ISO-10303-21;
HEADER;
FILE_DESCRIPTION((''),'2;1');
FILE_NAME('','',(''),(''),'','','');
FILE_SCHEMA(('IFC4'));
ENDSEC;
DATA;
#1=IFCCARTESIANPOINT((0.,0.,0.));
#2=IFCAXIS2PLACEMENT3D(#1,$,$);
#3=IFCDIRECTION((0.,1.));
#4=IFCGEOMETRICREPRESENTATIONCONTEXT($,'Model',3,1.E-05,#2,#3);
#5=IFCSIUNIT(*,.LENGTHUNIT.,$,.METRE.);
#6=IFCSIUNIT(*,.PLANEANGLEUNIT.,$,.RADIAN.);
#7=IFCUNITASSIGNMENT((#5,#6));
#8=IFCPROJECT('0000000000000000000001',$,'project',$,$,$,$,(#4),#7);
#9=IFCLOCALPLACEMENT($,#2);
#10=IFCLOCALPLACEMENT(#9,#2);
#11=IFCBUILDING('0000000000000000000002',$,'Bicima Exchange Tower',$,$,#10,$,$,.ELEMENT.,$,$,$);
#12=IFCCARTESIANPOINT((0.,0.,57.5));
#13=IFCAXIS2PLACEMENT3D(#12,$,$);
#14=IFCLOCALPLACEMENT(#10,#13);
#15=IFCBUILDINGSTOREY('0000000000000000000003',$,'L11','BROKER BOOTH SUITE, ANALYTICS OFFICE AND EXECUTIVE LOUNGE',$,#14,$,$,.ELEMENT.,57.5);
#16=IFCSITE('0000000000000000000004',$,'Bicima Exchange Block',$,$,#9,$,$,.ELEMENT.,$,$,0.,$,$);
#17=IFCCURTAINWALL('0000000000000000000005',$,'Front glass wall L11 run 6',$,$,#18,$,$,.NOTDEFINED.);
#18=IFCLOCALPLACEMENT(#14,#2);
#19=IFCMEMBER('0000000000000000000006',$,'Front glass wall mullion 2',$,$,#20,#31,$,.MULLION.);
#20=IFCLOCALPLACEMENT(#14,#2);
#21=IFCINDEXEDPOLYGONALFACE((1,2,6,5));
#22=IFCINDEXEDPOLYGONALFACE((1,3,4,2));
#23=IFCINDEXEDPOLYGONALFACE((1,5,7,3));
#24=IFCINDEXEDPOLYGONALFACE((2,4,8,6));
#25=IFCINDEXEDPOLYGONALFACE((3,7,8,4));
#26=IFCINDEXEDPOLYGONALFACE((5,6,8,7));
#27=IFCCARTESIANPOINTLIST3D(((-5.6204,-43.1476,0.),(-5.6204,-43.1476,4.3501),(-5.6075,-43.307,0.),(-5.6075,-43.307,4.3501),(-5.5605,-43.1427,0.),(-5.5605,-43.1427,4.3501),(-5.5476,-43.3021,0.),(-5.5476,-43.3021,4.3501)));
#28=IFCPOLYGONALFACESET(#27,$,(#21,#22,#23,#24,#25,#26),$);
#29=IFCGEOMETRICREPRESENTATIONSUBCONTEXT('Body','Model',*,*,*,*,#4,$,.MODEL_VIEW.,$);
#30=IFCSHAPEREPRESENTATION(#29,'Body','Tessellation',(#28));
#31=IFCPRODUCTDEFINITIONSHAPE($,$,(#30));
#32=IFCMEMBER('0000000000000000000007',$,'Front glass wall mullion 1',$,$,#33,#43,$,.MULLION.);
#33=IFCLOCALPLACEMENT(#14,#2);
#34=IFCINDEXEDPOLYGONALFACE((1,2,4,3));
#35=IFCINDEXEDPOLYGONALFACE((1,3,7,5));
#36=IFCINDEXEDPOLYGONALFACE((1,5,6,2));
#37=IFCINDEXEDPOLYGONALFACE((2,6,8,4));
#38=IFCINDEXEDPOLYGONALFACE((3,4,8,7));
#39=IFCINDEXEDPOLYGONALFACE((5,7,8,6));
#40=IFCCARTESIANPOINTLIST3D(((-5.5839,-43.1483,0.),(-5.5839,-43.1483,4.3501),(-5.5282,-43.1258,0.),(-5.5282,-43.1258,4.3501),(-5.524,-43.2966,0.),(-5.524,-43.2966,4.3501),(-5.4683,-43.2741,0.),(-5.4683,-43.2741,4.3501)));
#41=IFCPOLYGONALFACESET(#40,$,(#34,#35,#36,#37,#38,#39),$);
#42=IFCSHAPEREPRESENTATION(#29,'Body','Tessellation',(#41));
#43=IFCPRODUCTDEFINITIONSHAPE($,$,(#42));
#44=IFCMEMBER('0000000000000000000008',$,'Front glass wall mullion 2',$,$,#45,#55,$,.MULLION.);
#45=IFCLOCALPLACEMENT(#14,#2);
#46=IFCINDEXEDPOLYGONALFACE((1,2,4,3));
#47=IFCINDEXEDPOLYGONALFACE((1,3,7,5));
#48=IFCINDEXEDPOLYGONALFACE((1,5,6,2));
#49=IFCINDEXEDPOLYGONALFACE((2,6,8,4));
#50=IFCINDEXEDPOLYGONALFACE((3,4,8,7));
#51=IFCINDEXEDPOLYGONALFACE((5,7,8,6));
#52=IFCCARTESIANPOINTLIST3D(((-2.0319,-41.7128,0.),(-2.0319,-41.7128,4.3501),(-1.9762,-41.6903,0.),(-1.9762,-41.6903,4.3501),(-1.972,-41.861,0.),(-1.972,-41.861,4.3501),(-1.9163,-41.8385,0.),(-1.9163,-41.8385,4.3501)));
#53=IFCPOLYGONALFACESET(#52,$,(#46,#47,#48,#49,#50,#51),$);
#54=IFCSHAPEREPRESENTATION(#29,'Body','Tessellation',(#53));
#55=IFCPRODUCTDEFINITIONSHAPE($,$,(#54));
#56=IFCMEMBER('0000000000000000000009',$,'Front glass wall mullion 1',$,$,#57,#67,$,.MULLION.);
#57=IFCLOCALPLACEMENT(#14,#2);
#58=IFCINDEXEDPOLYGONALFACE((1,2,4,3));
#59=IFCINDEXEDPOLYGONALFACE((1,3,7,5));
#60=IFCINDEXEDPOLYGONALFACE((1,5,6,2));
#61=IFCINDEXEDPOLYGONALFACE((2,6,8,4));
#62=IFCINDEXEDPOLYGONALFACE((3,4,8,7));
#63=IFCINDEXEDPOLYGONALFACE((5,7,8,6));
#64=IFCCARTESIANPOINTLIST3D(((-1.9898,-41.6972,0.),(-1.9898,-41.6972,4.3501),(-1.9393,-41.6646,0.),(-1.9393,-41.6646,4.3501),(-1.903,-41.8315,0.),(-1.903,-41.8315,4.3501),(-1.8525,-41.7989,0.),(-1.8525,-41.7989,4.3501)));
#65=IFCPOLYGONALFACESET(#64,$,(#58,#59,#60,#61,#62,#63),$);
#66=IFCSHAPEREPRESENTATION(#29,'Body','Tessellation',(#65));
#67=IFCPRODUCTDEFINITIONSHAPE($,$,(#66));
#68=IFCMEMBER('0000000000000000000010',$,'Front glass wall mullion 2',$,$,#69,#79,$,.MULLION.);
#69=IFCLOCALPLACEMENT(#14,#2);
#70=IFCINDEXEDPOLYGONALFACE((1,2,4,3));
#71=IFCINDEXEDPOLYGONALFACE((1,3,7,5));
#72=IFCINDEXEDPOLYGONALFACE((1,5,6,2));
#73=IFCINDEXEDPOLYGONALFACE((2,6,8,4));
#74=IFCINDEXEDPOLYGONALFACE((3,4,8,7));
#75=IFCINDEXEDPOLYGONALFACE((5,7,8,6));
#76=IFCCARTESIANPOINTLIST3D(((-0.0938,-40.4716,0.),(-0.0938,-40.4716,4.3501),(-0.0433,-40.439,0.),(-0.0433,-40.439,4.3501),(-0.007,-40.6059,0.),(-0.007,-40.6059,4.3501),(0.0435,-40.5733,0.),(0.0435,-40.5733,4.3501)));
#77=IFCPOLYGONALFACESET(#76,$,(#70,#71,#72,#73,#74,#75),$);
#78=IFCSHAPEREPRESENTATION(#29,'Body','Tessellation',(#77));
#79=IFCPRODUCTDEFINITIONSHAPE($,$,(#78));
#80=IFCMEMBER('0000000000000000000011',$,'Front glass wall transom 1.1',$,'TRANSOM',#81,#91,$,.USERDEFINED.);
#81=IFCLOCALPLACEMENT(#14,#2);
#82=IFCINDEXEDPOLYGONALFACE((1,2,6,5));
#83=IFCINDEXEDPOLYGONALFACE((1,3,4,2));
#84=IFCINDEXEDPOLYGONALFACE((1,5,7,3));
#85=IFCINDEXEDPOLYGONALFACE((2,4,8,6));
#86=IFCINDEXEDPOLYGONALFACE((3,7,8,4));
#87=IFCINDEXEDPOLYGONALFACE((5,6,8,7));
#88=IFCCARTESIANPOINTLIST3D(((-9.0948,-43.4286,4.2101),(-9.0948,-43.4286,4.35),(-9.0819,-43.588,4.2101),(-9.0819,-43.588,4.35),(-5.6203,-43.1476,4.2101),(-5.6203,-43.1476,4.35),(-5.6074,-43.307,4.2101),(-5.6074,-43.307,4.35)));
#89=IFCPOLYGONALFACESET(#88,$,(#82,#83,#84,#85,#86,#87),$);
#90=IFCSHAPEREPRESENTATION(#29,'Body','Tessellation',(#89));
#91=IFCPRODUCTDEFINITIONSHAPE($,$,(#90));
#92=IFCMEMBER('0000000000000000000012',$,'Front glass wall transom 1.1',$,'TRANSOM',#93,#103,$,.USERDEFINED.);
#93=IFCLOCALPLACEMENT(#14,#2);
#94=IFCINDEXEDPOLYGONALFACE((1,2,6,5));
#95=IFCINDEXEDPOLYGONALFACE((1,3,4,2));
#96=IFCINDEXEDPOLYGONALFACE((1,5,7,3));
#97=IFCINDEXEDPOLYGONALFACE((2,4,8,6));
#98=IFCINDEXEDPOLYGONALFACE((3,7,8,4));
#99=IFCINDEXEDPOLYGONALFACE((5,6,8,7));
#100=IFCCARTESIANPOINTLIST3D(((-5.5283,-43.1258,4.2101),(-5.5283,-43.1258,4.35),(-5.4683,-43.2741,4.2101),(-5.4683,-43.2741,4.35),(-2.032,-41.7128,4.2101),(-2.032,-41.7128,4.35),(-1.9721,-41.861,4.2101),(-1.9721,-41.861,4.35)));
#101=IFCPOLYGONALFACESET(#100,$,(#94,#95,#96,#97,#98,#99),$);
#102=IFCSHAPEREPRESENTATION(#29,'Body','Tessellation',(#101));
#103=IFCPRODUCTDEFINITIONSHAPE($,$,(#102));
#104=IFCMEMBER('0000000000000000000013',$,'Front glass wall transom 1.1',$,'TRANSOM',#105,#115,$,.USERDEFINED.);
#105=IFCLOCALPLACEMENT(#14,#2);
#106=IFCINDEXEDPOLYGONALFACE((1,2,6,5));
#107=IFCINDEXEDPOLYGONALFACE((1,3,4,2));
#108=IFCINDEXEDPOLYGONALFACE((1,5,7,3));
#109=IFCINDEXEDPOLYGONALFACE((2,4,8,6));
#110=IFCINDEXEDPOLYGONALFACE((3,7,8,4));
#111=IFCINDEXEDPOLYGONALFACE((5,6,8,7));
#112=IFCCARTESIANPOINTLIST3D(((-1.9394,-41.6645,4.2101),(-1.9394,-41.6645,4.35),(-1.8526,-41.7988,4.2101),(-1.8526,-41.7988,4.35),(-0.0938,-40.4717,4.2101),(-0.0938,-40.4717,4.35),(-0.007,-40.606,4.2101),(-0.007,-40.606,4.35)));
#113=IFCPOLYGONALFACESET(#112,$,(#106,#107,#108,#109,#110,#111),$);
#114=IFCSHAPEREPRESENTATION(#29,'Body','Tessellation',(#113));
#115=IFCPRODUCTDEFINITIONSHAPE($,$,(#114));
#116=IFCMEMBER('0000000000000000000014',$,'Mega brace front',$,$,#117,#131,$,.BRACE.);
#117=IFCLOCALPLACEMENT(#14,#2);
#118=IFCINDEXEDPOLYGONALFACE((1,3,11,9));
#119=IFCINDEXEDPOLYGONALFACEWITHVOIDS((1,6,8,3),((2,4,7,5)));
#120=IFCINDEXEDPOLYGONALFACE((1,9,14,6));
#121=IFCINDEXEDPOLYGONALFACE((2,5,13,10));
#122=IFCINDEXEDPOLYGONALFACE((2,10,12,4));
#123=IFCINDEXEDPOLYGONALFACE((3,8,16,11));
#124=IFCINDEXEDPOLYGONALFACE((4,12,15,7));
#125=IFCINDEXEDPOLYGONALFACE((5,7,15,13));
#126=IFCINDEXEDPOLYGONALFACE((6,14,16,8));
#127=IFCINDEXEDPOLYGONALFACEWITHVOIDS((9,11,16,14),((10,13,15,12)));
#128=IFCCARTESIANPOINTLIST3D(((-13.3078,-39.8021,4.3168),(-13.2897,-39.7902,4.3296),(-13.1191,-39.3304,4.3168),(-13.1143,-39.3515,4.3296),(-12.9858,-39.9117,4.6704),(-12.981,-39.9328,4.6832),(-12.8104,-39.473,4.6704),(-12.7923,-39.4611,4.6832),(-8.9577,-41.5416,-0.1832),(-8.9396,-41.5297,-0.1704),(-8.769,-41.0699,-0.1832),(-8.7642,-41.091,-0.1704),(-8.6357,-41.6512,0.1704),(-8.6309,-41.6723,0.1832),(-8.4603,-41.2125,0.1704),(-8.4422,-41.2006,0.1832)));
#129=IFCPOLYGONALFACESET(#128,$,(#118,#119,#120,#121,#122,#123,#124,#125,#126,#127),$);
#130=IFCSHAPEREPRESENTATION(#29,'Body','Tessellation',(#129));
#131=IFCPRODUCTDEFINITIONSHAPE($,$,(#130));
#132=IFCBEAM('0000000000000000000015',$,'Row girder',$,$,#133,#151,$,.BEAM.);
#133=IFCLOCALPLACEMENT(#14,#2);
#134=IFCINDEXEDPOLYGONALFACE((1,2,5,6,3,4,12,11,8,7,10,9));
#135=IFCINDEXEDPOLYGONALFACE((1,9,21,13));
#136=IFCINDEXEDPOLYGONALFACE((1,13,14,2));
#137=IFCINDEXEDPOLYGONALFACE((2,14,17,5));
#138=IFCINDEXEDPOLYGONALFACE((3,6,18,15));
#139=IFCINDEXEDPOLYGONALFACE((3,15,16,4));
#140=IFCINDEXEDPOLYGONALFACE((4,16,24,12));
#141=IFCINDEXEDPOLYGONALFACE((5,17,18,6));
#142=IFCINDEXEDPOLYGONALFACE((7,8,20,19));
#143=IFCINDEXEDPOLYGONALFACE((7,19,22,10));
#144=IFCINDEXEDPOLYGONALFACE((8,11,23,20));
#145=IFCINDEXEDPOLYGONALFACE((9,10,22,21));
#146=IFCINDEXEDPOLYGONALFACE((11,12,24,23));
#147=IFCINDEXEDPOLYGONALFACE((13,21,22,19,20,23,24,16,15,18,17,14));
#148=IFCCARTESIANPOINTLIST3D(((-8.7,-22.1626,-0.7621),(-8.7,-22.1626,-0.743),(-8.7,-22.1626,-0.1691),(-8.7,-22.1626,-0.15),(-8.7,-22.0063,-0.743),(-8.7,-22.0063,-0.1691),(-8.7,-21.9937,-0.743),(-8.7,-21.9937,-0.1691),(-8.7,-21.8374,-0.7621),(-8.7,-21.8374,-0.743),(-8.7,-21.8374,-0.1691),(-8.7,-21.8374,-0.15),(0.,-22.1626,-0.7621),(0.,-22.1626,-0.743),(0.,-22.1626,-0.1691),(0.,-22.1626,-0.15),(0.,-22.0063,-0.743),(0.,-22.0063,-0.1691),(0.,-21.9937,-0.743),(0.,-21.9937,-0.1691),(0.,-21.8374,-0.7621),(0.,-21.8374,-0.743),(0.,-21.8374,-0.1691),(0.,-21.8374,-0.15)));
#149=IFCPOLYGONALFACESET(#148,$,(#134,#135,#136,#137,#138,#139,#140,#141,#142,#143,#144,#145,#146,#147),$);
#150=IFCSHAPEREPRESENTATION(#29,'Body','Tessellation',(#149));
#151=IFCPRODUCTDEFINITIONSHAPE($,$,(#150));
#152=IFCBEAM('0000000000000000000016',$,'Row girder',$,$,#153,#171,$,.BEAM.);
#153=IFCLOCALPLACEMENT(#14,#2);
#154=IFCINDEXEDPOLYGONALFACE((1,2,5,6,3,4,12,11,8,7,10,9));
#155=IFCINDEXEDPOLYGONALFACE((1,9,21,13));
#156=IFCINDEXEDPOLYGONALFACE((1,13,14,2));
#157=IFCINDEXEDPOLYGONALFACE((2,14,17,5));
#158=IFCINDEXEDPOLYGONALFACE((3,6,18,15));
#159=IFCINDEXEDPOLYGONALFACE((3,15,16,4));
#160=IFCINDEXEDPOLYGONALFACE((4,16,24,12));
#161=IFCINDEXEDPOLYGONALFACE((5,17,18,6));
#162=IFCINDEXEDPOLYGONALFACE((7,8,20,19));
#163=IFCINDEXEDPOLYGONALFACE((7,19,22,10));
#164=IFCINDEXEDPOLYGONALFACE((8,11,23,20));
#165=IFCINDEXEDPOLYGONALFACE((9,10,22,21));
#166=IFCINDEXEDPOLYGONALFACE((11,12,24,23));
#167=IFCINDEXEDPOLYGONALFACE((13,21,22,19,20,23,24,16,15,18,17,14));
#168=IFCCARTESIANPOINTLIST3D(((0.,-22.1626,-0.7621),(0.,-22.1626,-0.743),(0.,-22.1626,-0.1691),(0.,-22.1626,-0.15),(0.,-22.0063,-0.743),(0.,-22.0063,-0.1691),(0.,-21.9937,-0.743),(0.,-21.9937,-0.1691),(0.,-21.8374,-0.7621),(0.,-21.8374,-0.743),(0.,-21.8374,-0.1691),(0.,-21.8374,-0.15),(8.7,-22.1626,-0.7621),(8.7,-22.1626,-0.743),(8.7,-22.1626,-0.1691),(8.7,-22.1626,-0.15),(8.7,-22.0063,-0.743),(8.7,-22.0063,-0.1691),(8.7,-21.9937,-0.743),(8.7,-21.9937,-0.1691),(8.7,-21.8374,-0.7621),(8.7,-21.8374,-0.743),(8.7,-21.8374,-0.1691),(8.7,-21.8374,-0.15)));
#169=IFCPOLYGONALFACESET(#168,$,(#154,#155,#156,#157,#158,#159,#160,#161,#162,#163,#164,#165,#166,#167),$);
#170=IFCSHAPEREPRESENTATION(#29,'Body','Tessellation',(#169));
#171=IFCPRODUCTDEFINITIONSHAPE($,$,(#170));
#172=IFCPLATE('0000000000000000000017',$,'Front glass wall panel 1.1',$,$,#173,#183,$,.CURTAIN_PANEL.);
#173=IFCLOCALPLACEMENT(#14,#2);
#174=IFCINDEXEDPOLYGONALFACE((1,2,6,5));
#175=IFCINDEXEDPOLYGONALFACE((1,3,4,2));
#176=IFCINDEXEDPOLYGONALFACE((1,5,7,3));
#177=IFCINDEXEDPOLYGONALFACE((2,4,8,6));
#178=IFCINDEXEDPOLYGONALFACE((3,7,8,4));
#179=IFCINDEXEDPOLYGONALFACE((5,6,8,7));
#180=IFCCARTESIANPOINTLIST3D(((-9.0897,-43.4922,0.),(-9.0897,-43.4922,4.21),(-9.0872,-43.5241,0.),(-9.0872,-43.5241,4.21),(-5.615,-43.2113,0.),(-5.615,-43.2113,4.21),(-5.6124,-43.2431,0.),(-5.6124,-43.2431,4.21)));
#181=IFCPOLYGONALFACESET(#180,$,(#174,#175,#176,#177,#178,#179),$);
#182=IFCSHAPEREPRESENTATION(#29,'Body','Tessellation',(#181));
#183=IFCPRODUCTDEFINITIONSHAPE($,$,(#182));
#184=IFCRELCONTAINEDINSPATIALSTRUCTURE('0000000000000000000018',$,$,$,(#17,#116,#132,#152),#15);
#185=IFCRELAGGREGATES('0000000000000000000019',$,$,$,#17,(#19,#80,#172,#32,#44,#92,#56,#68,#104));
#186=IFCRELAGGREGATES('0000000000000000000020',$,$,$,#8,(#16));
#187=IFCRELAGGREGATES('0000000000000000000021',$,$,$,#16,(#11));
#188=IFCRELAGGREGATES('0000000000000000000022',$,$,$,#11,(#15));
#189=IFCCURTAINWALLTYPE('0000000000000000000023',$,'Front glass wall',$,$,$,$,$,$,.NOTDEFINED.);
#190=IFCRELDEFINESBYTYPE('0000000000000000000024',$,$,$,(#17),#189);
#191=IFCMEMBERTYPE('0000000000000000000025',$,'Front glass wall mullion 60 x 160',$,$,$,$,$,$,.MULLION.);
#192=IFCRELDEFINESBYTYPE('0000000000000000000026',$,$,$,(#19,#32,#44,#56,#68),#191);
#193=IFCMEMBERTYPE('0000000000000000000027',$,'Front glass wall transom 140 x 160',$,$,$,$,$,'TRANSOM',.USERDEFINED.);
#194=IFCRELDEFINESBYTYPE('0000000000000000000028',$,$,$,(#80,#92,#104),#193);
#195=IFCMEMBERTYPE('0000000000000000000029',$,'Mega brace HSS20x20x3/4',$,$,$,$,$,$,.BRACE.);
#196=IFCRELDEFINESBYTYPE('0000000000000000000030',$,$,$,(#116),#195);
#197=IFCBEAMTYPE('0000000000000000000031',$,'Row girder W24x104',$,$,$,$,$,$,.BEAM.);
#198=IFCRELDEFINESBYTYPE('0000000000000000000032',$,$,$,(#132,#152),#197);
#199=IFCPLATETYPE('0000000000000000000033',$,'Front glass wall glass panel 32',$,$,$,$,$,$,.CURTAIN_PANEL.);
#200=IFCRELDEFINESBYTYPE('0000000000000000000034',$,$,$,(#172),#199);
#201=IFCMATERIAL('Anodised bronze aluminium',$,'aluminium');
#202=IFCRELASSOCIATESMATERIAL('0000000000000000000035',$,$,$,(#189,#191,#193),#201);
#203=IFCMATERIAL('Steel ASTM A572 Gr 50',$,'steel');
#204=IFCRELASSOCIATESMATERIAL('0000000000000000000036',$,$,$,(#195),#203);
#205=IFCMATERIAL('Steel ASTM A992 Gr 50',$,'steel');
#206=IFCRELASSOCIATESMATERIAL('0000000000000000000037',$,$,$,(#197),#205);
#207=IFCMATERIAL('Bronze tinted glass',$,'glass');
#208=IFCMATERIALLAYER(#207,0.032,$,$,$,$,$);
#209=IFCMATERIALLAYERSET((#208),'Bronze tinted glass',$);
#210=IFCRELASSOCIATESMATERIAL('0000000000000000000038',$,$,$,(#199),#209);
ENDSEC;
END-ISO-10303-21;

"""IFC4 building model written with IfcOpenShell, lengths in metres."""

from ifc_helpers import new_model, si_unit, direction, frame, origin, origin_2d, place, context, subcontext, project, spatial, rectangle, hollow_rectangle, i_section, extrude, material, layer, layer_set, material_profile, profile_set, type_object, element, aggregate, save


model = new_model("IFC4")

# Units and contexts
model_context = context("Model", 3, precision=1e-05, world=origin(), true_north=direction((0.0, 1.0)))
body_context = subcontext(model_context, "Body", "Model", "MODEL_VIEW")
ifc_project = project(units=[si_unit("LENGTHUNIT", "METRE"), si_unit("PLANEANGLEUNIT", "RADIAN")], contexts=[model_context])

# Site, building, storey
site_placement = place(None, origin())
site = spatial("IfcSite", under=ifc_project, at=site_placement, Name="Bicima Exchange Block", CompositionType="ELEMENT", RefElevation=0.0)
building_placement = place(site_placement, origin())
building = spatial("IfcBuilding", under=site, at=building_placement, Name="Bicima Exchange Tower", CompositionType="ELEMENT")
storey_placement = place(building_placement, frame((0.0, 0.0, 57.5)))
storey = spatial("IfcBuildingStorey", under=building, at=storey_placement, Name="L11", Description="BROKER BOOTH SUITE, ANALYTICS OFFICE AND EXECUTIVE LOUNGE", CompositionType="ELEMENT", Elevation=57.5)

# Shared definitions
ifc_material_1 = material(Name="Steel ASTM A992 Gr 50", Category="steel")

# Curtain wall, members
ifc_material_2 = material(Name="Anodised bronze aluminium", Category="aluminium")
curtain_wall_type = type_object("IfcCurtainWallType", Name="Front glass wall", PredefinedType="NOTDEFINED", material=ifc_material_2)
curtain_wall_placement = place(storey_placement, origin())
curtain_wall = element("IfcCurtainWall", 1, at=curtain_wall_placement, inside=storey, type_object=curtain_wall_type, Name="Front glass wall L11 run 6", PredefinedType="NOTDEFINED")
ifc_material_profile_1 = material_profile(ifc_material_2, rectangle(XDim=0.1599, YDim=0.0601, at=origin_2d()))
ifc_profile_set_1 = profile_set([ifc_material_profile_1], Name="Anodised bronze aluminium")
member_type_1 = type_object("IfcMemberType", Name="Front glass wall mullion 60 x 160", PredefinedType="MULLION", material=ifc_profile_set_1)
member_1_placement = place(storey_placement, frame((-5.584, -43.2249, 0.0), z_axis=(0.0, 0.0, 1.0), x_axis=(-0.080589, 0.996747, 0.0)))
member_1 = element("IfcMember", 2, at=member_1_placement, type_object=member_type_1, Name="Front glass wall mullion 2", PredefinedType="MULLION", context=body_context, shape_type="SweptSolid", body=[
    extrude(rectangle(XDim=0.1599, YDim=0.0601, at=origin_2d()), origin(), (0.0, 0.0, 1.0), 4.3501),
])
member_2_placement = place(storey_placement, frame((-5.5261, -43.2112, 0.0), z_axis=(0.0, 0.0, 1.0), x_axis=(-0.374705, 0.927144, 0.0)))
member_2 = element("IfcMember", 3, at=member_2_placement, type_object=member_type_1, Name="Front glass wall mullion 1", PredefinedType="MULLION", context=body_context, shape_type="SweptSolid", body=[
    extrude(rectangle(XDim=0.1599, YDim=0.0601, at=origin_2d()), origin(), (0.0, 0.0, 1.0), 4.3501),
])
member_3_placement = place(storey_placement, frame((-1.9741, -41.7756, 0.0), z_axis=(0.0, 0.0, 1.0), x_axis=(-0.374705, 0.927144, 0.0)))
member_3 = element("IfcMember", 4, at=member_3_placement, type_object=member_type_1, Name="Front glass wall mullion 2", PredefinedType="MULLION", context=body_context, shape_type="SweptSolid", body=[
    extrude(rectangle(XDim=0.1599, YDim=0.0601, at=origin_2d()), origin(), (0.0, 0.0, 1.0), 4.3501),
])
member_4_placement = place(storey_placement, frame((-1.9211, -41.748, 0.0), z_axis=(0.0, 0.0, 1.0), x_axis=(-0.542897, 0.839799, 0.0)))
member_4 = element("IfcMember", 5, at=member_4_placement, type_object=member_type_1, Name="Front glass wall mullion 1", PredefinedType="MULLION", context=body_context, shape_type="SweptSolid", body=[
    extrude(rectangle(XDim=0.1599, YDim=0.0601, at=origin_2d()), origin(), (0.0, 0.0, 1.0), 4.3501),
])
member_5_placement = place(storey_placement, frame((-0.0251, -40.5225, 0.0), z_axis=(0.0, 0.0, 1.0), x_axis=(-0.542897, 0.839799, 0.0)))
member_5 = element("IfcMember", 6, at=member_5_placement, type_object=member_type_1, Name="Front glass wall mullion 2", PredefinedType="MULLION", context=body_context, shape_type="SweptSolid", body=[
    extrude(rectangle(XDim=0.1599, YDim=0.0601, at=origin_2d()), origin(), (0.0, 0.0, 1.0), 4.3501),
])
ifc_material_profile_2 = material_profile(ifc_material_2, rectangle(XDim=0.1599, YDim=0.1399, at=origin_2d()))
ifc_profile_set_2 = profile_set([ifc_material_profile_2], Name="Anodised bronze aluminium")
member_type_2 = type_object("IfcMemberType", Name="Front glass wall transom 140 x 160", ElementType="TRANSOM", PredefinedType="USERDEFINED", material=ifc_profile_set_2)
member_6_placement = place(storey_placement, frame((-9.0884, -43.5083, 4.28), z_axis=(0.996746, 0.080611, 0.0), x_axis=(-0.080611, 0.996746, 0.0)))
member_6 = element("IfcMember", 7, at=member_6_placement, type_object=member_type_2, Name="Front glass wall transom 1.1", ObjectType="TRANSOM", PredefinedType="USERDEFINED", context=body_context, shape_type="SweptSolid", body=[
    extrude(rectangle(XDim=0.1599, YDim=0.1399, at=origin_2d()), origin(), (0.0, 0.0, 1.0), 3.4858),
])
member_7_placement = place(storey_placement, frame((-5.4983, -43.2, 4.28), z_axis=(0.92714, 0.374715, 0.0), x_axis=(-0.374715, 0.92714, 0.0)))
member_7 = element("IfcMember", 8, at=member_7_placement, type_object=member_type_2, Name="Front glass wall transom 1.1", ObjectType="TRANSOM", PredefinedType="USERDEFINED", context=body_context, shape_type="SweptSolid", body=[
    extrude(rectangle(XDim=0.1599, YDim=0.1399, at=origin_2d()), origin(), (0.0, 0.0, 1.0), 3.771),
])
member_8_placement = place(storey_placement, frame((-1.896, -41.7317, 4.28), z_axis=(0.839862, 0.5428, 0.0), x_axis=(-0.5428, 0.839862, 0.0)))
member_8 = element("IfcMember", 9, at=member_8_placement, type_object=member_type_2, Name="Front glass wall transom 1.1", ObjectType="TRANSOM", PredefinedType="USERDEFINED", context=body_context, shape_type="SweptSolid", body=[
    extrude(rectangle(XDim=0.1599, YDim=0.1399, at=origin_2d()), origin(), (0.0, 0.0, 1.0), 2.1975),
])

# Member
ifc_material_3 = material(Name="Steel ASTM A572 Gr 50", Category="steel")
ifc_material_profile_3 = material_profile(ifc_material_3, hollow_rectangle(XDim=0.5081, YDim=0.5081, WallThickness=0.0178, at=origin_2d()))
ifc_profile_set_3 = profile_set([ifc_material_profile_3], Name="Steel ASTM A572 Gr 50")
member_type_3 = type_object("IfcMemberType", Name="Mega brace HSS20x20x3/4", PredefinedType="BRACE", material=ifc_profile_set_3)
member_9_placement = place(storey_placement, frame((-8.7, -41.3711, 0.0), z_axis=(-0.669648, 0.267777, 0.692724), x_axis=(-0.371292, -0.928516, 0.0)))
element("IfcMember", 10, at=member_9_placement, inside=storey, type_object=member_type_3, Name="Mega brace front", PredefinedType="BRACE", context=body_context, shape_type="SweptSolid", body=[
    extrude(hollow_rectangle(XDim=0.5081, YDim=0.5081, WallThickness=0.0178, at=origin_2d()), origin(), (0.0, 0.0, 1.0), 6.4961),
])

# Beams
ifc_material_profile_4 = material_profile(ifc_material_1, i_section(OverallWidth=0.3252, OverallDepth=0.6121, WebThickness=0.0127, FlangeThickness=0.019, at=origin_2d()))
ifc_profile_set_4 = profile_set([ifc_material_profile_4], Name="Steel ASTM A992 Gr 50")
beam_type_1 = type_object("IfcBeamType", Name="Row girder W24x104", PredefinedType="BEAM", material=ifc_profile_set_4)
for number, where, z_axis, x_axis, name in (
    (11, (-8.7, -22.0, -0.4561), (1.0, 0.0, 0.0), (0.0, 1.0, 0.0), "Row girder"),
    (12, (0.0, -22.0, -0.4561), (1.0, 0.0, 0.0), (0.0, 1.0, 0.0), "Row girder"),
):
    element("IfcBeam", number, at=place(storey_placement, frame(where, z_axis=z_axis, x_axis=x_axis)), inside=storey, type_object=beam_type_1, Name=name, PredefinedType="BEAM", context=body_context, shape_type="SweptSolid", body=[
        extrude(i_section(OverallWidth=0.3252, OverallDepth=0.6121, WebThickness=0.0127, FlangeThickness=0.019, at=origin_2d()), origin(), (0.0, 0.0, 1.0), 8.7),
    ])

# Plate
ifc_material_4 = material(Name="Bronze tinted glass", Category="glass")
ifc_layer_1 = layer(ifc_material_4, 0.032)
ifc_layer_set_1 = layer_set([ifc_layer_1], Name="Bronze tinted glass")
plate_type = type_object("IfcPlateType", Name="Front glass wall glass panel 32", PredefinedType="CURTAIN_PANEL", material=ifc_layer_set_1)
plate_1_placement = place(storey_placement, frame((-7.3511, -43.3677, 0.0), z_axis=(0.0, 0.0, 1.0), x_axis=(0.996747, 0.080589, 0.0)))
plate_1 = element("IfcPlate", 13, at=plate_1_placement, type_object=plate_type, Name="Front glass wall panel 1.1", PredefinedType="CURTAIN_PANEL", context=body_context, shape_type="SweptSolid", body=[
    extrude(rectangle(XDim=3.4861, YDim=0.032, at=origin_2d()), origin(), (0.0, 0.0, 1.0), 4.21),
])
aggregate(curtain_wall, [member_1, member_6, plate_1, member_2, member_3, member_7, member_4, member_5, member_8])

save(model, "model.ifc")
